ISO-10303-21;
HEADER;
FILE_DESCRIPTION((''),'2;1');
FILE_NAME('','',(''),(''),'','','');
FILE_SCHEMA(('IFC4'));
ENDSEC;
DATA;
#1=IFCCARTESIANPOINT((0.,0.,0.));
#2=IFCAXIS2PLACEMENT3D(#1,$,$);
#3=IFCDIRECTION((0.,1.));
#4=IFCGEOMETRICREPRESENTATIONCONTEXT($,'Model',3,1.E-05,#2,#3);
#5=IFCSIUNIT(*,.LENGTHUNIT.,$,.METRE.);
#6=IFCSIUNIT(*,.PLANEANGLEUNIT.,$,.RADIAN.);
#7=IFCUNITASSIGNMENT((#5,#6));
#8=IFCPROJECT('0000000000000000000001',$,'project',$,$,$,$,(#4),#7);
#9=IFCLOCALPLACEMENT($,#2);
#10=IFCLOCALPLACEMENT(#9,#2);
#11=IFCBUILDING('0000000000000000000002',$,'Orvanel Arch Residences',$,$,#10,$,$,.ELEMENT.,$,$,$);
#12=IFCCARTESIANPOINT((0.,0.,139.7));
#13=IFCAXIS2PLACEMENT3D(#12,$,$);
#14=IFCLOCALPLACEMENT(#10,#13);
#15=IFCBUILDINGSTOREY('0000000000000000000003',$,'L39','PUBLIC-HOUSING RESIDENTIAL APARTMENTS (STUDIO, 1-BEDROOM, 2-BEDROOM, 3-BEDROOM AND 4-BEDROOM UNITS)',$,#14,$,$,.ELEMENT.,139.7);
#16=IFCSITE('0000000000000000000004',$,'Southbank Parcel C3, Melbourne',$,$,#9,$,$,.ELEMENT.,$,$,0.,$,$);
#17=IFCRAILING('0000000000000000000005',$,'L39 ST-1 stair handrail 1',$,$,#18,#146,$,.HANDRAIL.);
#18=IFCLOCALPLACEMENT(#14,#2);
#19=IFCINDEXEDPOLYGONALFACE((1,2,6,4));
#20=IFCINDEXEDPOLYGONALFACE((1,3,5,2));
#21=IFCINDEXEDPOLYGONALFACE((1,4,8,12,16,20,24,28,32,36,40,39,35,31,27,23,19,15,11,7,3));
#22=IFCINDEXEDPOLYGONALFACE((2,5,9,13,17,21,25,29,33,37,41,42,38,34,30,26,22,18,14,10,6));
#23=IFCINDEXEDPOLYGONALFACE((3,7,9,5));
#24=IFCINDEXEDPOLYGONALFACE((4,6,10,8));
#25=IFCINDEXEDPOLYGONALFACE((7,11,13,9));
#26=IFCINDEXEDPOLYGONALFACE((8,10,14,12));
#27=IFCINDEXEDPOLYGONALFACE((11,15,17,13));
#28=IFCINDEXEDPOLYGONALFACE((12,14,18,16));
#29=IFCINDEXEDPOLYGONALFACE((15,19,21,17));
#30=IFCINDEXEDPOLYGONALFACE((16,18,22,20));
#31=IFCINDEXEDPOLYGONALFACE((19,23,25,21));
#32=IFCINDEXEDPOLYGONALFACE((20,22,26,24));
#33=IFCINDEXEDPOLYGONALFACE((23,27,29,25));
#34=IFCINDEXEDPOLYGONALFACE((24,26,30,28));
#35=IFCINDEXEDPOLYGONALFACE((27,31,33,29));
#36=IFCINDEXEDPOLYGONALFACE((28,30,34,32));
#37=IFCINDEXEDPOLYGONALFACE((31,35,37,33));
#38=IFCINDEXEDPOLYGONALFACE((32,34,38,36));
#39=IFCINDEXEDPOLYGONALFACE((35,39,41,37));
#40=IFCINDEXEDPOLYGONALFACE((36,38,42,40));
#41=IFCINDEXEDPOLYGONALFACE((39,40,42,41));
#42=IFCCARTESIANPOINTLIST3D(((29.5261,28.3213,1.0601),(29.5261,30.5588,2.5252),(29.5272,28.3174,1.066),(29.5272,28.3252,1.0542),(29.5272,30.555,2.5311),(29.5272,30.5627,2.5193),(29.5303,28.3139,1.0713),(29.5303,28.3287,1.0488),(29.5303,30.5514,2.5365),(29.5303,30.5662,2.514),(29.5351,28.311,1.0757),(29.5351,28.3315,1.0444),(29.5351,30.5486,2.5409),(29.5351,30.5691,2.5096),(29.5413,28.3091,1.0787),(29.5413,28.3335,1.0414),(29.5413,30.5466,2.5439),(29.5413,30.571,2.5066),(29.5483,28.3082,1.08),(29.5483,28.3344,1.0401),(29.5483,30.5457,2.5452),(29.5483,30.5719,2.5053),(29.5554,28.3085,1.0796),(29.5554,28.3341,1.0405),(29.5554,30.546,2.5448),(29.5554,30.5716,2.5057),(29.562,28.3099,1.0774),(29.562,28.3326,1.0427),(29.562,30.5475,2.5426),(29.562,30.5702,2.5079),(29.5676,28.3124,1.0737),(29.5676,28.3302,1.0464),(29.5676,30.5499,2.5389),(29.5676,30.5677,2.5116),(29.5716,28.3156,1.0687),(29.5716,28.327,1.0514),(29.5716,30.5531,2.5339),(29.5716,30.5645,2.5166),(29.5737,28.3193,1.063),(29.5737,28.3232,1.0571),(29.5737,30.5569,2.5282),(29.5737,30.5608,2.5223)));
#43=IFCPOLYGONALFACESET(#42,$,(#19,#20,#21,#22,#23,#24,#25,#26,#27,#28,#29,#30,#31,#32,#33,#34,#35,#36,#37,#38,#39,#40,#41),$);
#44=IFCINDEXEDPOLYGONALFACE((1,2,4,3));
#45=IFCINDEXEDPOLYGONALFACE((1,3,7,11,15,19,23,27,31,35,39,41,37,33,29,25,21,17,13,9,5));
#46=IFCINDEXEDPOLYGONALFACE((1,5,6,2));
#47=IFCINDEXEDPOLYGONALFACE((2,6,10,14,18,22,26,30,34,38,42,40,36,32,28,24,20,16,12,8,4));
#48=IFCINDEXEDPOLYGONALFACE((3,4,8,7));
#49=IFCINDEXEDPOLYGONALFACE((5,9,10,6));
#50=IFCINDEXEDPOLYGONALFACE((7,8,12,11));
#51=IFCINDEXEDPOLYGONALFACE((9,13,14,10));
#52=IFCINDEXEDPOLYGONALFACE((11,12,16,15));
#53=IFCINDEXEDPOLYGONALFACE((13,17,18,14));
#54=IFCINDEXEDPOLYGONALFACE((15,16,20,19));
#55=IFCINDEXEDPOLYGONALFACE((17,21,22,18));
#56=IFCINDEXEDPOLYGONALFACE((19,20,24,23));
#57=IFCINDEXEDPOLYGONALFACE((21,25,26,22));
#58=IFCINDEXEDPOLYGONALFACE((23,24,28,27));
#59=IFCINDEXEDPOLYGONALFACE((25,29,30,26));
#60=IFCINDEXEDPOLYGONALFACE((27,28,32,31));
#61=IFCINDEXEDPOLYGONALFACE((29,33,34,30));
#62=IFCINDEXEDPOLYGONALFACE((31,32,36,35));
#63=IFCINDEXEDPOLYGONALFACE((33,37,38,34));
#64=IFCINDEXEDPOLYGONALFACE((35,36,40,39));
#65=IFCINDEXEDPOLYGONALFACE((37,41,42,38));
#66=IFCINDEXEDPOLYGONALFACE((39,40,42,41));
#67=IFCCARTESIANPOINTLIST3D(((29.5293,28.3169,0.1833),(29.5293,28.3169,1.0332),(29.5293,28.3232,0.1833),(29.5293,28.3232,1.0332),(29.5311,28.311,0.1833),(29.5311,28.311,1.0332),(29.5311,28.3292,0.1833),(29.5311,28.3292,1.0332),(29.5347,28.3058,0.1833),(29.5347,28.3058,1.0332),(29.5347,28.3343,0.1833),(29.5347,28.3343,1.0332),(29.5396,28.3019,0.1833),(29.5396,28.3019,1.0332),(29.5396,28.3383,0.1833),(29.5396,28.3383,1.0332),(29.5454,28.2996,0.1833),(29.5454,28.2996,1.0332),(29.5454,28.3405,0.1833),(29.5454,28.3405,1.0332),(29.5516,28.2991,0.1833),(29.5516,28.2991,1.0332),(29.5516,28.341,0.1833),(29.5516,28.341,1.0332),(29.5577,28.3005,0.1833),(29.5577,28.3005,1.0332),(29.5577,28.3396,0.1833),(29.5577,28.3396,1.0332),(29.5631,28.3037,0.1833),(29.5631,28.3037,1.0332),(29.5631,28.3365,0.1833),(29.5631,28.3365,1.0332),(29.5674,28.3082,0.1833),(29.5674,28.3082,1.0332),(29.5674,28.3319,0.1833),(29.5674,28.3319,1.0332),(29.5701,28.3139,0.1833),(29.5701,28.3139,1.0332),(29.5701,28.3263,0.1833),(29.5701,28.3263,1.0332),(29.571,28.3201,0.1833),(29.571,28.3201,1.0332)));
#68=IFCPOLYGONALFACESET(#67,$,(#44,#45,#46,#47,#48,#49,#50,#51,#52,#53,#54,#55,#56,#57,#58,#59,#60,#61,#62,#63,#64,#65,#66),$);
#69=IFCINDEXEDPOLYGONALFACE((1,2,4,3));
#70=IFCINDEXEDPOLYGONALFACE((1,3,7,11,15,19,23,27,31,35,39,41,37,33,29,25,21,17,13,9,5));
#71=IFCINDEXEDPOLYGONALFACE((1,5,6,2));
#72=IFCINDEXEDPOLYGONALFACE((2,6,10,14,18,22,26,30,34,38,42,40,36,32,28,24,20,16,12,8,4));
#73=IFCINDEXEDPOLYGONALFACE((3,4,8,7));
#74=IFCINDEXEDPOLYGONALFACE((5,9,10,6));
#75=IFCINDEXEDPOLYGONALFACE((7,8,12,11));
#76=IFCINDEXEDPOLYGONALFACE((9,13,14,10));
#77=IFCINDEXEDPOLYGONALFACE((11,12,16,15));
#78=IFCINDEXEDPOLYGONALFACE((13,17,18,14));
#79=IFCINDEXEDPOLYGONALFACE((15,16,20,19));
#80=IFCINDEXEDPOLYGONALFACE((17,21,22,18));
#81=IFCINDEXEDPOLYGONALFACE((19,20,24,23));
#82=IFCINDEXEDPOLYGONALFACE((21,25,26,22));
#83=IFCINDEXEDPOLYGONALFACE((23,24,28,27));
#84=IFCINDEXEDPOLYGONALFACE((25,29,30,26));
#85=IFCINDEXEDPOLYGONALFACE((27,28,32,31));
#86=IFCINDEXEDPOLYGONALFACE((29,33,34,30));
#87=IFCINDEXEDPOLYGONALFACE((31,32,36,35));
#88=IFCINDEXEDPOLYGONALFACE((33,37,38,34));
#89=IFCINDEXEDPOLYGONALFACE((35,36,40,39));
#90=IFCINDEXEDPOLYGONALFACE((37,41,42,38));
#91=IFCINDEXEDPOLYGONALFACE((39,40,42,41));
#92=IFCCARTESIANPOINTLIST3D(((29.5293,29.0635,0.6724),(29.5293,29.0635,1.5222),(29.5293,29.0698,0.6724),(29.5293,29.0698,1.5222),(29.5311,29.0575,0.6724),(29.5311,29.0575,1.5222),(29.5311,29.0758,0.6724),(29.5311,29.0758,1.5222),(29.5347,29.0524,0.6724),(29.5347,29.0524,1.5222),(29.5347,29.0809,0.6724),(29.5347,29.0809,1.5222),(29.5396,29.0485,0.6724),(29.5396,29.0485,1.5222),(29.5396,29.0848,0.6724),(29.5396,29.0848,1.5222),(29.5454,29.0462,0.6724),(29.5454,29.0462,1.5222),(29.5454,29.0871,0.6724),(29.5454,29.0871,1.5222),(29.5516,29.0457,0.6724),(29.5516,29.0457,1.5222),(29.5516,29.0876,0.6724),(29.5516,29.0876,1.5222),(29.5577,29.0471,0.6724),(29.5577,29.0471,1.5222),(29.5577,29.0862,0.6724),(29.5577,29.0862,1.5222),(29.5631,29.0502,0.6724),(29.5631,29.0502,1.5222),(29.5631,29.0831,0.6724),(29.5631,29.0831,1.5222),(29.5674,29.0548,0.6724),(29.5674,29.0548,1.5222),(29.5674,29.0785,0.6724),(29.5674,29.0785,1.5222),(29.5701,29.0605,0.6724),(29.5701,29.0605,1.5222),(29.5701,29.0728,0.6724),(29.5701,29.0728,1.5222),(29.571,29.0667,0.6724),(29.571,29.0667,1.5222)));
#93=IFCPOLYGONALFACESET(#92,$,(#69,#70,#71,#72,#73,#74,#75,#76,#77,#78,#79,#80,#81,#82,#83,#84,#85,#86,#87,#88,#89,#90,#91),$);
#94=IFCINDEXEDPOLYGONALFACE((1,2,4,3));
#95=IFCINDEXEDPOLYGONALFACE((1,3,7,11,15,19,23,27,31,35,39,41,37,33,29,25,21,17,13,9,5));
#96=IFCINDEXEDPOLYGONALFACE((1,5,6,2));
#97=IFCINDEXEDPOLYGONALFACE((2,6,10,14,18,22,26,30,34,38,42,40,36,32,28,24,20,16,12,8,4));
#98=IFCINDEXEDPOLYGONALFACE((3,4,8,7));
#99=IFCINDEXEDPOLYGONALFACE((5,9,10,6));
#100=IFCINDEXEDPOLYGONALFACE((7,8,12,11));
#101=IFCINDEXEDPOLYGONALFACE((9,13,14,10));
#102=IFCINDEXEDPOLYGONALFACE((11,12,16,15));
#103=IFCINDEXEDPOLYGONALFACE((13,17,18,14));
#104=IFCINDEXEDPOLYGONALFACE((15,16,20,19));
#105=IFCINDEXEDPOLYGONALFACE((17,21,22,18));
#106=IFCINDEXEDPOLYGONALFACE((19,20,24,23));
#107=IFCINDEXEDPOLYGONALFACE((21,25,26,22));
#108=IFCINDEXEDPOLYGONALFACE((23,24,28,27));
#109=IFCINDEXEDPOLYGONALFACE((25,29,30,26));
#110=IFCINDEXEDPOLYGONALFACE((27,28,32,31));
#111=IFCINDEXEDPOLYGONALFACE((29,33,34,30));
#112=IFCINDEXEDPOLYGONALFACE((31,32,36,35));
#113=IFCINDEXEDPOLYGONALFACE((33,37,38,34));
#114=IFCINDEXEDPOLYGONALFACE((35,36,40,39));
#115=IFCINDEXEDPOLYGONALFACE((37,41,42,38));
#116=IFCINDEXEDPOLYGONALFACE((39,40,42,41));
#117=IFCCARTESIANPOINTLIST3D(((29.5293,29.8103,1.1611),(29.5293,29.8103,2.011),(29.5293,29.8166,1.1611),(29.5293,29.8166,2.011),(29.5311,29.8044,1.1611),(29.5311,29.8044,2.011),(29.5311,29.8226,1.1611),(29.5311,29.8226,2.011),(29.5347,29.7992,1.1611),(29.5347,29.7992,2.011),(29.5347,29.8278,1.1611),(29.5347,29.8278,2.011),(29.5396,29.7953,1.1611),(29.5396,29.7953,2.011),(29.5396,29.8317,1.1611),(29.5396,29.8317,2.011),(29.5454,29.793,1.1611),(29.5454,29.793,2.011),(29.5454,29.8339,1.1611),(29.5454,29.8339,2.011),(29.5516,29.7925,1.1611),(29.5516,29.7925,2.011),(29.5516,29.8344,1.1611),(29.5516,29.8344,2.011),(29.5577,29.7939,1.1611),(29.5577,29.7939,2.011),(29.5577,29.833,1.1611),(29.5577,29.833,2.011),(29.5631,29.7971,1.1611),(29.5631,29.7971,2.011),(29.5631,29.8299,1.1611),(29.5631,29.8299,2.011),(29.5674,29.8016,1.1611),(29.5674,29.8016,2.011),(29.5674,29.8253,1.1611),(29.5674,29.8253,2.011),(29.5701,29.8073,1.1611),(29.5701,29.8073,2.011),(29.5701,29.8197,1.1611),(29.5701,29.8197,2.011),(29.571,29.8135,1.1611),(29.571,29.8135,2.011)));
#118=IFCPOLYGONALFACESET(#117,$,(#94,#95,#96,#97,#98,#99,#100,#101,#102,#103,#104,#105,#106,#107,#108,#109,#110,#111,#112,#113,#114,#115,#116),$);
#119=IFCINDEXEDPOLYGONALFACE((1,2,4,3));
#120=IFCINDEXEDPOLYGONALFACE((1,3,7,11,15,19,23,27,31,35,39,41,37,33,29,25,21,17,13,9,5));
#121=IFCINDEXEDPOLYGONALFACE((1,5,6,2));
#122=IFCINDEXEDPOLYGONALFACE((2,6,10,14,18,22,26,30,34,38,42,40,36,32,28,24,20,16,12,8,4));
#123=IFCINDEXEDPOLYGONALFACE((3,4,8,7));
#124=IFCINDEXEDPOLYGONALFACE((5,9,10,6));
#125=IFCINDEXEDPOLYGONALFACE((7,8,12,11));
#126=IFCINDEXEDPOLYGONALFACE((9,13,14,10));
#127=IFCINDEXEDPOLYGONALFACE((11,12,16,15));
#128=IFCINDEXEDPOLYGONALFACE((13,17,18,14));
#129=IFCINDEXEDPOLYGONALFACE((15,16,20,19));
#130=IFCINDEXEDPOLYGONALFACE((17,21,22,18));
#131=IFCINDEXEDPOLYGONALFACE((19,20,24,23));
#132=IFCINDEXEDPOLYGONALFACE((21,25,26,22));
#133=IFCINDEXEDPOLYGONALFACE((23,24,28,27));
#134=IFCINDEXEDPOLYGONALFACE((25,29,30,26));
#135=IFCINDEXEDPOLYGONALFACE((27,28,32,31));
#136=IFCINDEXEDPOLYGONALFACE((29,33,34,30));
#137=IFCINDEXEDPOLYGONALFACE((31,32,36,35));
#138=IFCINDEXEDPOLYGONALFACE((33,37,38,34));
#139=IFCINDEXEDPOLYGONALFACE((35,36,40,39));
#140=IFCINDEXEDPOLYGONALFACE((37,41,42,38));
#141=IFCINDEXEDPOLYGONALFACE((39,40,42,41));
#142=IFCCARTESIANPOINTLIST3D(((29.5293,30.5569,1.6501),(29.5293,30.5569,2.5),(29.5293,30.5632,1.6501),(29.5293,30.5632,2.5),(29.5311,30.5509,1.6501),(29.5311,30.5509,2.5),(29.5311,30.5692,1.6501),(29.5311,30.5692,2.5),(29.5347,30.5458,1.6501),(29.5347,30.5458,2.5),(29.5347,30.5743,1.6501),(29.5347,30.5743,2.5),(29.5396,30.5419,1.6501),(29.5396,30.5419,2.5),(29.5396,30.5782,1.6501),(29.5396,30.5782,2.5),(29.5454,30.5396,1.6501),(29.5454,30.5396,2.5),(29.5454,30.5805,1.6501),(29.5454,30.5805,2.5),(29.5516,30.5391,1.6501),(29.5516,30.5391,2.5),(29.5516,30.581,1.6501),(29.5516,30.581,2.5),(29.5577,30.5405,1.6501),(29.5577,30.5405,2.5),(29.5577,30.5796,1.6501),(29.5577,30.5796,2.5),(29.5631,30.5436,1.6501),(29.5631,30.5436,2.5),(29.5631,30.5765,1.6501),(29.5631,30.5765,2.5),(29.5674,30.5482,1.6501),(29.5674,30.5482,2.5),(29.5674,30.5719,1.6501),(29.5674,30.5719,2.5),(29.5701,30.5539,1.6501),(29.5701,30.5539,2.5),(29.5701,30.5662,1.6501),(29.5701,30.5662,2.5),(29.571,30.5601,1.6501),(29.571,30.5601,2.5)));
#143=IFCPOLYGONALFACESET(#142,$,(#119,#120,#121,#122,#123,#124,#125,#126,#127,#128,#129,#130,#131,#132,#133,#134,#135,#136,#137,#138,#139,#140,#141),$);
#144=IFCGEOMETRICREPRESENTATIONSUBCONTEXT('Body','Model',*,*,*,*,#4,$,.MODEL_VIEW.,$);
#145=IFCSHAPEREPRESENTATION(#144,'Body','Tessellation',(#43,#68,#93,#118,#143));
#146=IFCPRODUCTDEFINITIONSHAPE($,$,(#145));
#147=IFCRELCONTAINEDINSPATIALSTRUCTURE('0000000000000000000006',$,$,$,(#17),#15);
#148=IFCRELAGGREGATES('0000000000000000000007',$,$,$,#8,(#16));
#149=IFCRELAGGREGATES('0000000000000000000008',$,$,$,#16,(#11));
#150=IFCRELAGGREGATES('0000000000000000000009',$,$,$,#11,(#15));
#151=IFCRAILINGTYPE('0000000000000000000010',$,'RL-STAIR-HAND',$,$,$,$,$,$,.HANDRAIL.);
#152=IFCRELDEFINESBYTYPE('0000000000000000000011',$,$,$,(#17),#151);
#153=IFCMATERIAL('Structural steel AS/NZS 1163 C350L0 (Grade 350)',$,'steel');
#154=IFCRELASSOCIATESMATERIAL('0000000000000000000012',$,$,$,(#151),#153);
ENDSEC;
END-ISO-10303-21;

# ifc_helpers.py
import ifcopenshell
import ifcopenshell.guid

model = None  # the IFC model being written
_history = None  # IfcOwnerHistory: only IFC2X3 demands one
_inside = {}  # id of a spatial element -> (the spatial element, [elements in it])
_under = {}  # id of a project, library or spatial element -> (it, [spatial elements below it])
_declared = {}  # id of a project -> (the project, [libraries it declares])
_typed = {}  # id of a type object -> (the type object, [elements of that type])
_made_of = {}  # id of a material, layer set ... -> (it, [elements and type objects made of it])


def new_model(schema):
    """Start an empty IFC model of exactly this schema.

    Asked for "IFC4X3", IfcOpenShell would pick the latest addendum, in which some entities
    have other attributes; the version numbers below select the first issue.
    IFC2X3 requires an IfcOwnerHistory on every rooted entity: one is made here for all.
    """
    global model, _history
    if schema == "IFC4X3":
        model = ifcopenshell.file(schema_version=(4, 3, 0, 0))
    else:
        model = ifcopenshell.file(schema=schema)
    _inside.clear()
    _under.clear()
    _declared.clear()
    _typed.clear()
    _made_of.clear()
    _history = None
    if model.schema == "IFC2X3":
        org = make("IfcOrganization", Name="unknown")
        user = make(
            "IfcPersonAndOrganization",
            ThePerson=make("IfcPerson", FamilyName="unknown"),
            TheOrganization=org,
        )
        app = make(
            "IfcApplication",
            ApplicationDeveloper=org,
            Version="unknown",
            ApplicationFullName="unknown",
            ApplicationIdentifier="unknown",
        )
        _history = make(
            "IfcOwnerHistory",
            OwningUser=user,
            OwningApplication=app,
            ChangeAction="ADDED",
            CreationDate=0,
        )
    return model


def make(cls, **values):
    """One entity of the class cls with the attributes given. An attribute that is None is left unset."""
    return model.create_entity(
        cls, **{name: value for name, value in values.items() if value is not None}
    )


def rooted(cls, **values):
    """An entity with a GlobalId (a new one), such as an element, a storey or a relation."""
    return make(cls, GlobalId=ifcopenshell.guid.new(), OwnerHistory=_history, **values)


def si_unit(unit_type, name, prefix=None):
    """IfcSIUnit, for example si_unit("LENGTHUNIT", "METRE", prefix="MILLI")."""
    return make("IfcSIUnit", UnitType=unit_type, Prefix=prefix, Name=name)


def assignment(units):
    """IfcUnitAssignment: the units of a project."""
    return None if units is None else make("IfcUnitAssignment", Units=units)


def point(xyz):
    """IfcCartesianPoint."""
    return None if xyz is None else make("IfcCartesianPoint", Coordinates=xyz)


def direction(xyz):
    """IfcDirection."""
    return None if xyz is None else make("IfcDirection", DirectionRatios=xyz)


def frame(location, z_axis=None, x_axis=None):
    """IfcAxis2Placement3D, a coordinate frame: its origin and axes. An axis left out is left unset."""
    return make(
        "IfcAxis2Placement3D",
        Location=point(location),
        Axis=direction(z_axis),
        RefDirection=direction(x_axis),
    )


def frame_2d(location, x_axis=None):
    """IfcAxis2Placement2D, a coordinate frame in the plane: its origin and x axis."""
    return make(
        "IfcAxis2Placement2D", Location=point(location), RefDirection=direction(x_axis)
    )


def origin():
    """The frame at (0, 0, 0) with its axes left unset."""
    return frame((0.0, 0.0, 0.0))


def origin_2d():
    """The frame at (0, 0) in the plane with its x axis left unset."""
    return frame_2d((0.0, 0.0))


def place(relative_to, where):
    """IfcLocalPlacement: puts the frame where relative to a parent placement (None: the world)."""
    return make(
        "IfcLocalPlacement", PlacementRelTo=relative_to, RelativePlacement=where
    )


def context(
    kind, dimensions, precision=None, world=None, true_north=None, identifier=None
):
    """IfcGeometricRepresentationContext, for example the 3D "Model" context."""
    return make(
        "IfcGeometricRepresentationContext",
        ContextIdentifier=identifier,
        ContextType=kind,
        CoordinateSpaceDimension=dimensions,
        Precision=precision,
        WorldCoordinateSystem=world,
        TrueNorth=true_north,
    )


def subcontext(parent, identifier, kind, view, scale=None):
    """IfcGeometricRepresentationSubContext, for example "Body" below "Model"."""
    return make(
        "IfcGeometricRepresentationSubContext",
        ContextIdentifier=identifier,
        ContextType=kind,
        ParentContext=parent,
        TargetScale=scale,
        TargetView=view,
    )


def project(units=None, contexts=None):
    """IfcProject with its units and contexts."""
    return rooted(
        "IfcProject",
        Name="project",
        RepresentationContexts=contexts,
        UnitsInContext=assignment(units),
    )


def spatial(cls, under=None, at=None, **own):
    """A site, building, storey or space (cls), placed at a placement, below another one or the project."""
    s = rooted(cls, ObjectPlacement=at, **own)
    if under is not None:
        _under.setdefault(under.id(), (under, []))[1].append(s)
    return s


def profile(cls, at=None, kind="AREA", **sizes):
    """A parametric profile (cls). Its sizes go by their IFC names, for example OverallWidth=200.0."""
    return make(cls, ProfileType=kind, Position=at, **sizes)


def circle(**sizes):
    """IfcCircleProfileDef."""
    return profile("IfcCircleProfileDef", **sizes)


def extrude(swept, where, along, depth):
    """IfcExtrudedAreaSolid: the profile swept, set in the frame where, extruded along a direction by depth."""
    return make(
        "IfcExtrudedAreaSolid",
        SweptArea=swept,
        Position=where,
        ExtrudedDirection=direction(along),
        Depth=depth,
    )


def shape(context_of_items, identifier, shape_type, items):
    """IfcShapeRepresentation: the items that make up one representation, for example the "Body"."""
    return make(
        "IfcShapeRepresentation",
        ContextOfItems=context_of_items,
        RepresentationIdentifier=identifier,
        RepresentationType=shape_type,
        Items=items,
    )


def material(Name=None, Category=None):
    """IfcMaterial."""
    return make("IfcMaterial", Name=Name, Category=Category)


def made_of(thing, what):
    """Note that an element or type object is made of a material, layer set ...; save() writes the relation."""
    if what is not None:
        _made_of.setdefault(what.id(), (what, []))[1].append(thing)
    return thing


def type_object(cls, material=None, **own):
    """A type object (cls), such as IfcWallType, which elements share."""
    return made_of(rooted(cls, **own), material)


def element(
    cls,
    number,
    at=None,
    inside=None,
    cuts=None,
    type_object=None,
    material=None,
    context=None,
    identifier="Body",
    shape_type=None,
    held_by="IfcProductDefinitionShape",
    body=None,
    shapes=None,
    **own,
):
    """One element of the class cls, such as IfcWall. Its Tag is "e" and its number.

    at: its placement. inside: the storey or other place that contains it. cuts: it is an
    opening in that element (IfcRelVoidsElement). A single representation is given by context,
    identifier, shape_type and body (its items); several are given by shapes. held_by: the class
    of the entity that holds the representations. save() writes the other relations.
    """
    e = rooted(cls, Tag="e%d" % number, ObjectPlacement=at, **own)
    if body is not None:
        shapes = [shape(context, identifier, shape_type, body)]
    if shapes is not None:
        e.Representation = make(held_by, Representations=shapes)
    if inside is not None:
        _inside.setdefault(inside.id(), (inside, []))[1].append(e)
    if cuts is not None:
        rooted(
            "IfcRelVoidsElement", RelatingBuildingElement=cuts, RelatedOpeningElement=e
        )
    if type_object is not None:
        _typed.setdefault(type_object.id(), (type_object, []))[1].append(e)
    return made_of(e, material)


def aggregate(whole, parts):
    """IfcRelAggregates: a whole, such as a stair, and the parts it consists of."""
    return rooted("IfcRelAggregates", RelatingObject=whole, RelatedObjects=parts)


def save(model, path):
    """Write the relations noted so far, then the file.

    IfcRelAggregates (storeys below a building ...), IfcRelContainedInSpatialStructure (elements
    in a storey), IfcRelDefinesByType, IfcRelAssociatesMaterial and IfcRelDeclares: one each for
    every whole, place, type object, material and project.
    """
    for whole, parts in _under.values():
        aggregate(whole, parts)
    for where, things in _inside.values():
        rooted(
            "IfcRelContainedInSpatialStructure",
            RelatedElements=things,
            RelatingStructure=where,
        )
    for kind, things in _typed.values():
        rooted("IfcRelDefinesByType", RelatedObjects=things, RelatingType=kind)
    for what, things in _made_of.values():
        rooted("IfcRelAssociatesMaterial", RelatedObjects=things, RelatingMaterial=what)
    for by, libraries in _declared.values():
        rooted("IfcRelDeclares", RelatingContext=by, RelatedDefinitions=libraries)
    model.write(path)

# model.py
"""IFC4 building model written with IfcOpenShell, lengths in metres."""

from ifc_helpers import new_model, si_unit, direction, frame, origin, origin_2d, place, context, subcontext, project, spatial, circle, extrude, material, type_object, element, save


model = new_model("IFC4")

# Units and contexts
model_context = context("Model", 3, precision=1e-05, world=origin(), true_north=direction((0.0, 1.0)))
body_context = subcontext(model_context, "Body", "Model", "MODEL_VIEW")
ifc_project = project(units=[si_unit("LENGTHUNIT", "METRE"), si_unit("PLANEANGLEUNIT", "RADIAN")], contexts=[model_context])

# Site, building, storey
site_placement = place(None, origin())
site = spatial("IfcSite", under=ifc_project, at=site_placement, Name="Southbank Parcel C3, Melbourne", CompositionType="ELEMENT", RefElevation=0.0)
building_placement = place(site_placement, origin())
building = spatial("IfcBuilding", under=site, at=building_placement, Name="Orvanel Arch Residences", CompositionType="ELEMENT")
storey_placement = place(building_placement, frame((0.0, 0.0, 139.7)))
storey = spatial("IfcBuildingStorey", under=building, at=storey_placement, Name="L39", Description="PUBLIC-HOUSING RESIDENTIAL APARTMENTS (STUDIO, 1-BEDROOM, 2-BEDROOM, 3-BEDROOM AND 4-BEDROOM UNITS)", CompositionType="ELEMENT", Elevation=139.7)

# Railing
ifc_material_1 = material(Name="Structural steel AS/NZS 1163 C350L0 (Grade 350)", Category="steel")
railing_type_1 = type_object("IfcRailingType", Name="RL-STAIR-HAND", PredefinedType="HANDRAIL", material=ifc_material_1)
railing_1_placement = place(storey_placement, frame((29.55, 28.3201, 0.1833)))
element("IfcRailing", 1, at=railing_1_placement, inside=storey, type_object=railing_type_1, Name="L39 ST-1 stair handrail 1", PredefinedType="HANDRAIL", context=body_context, shape_type="SweptSolid", body=[
    extrude(circle(Radius=0.0239, at=origin_2d()), frame((0.0, 0.0012, 0.8767), z_axis=(0.0, 0.836595, 0.547822), x_axis=(-1.0, 0.0, 0.0)), (0.0, 0.0, 1.0), 2.6746),
    extrude(circle(Radius=0.021, at=origin_2d()), origin(), (0.0, 0.0, 1.0), 0.8499),
    extrude(circle(Radius=0.021, at=origin_2d()), frame((0.0, 0.7466, 0.489)), (0.0, 0.0, 1.0), 0.8499),
    extrude(circle(Radius=0.021, at=origin_2d()), frame((0.0, 1.4934, 0.9778)), (0.0, 0.0, 1.0), 0.8499),
    extrude(circle(Radius=0.021, at=origin_2d()), frame((0.0, 2.24, 1.4668)), (0.0, 0.0, 1.0), 0.8499),
])

save(model, "model.ifc")
